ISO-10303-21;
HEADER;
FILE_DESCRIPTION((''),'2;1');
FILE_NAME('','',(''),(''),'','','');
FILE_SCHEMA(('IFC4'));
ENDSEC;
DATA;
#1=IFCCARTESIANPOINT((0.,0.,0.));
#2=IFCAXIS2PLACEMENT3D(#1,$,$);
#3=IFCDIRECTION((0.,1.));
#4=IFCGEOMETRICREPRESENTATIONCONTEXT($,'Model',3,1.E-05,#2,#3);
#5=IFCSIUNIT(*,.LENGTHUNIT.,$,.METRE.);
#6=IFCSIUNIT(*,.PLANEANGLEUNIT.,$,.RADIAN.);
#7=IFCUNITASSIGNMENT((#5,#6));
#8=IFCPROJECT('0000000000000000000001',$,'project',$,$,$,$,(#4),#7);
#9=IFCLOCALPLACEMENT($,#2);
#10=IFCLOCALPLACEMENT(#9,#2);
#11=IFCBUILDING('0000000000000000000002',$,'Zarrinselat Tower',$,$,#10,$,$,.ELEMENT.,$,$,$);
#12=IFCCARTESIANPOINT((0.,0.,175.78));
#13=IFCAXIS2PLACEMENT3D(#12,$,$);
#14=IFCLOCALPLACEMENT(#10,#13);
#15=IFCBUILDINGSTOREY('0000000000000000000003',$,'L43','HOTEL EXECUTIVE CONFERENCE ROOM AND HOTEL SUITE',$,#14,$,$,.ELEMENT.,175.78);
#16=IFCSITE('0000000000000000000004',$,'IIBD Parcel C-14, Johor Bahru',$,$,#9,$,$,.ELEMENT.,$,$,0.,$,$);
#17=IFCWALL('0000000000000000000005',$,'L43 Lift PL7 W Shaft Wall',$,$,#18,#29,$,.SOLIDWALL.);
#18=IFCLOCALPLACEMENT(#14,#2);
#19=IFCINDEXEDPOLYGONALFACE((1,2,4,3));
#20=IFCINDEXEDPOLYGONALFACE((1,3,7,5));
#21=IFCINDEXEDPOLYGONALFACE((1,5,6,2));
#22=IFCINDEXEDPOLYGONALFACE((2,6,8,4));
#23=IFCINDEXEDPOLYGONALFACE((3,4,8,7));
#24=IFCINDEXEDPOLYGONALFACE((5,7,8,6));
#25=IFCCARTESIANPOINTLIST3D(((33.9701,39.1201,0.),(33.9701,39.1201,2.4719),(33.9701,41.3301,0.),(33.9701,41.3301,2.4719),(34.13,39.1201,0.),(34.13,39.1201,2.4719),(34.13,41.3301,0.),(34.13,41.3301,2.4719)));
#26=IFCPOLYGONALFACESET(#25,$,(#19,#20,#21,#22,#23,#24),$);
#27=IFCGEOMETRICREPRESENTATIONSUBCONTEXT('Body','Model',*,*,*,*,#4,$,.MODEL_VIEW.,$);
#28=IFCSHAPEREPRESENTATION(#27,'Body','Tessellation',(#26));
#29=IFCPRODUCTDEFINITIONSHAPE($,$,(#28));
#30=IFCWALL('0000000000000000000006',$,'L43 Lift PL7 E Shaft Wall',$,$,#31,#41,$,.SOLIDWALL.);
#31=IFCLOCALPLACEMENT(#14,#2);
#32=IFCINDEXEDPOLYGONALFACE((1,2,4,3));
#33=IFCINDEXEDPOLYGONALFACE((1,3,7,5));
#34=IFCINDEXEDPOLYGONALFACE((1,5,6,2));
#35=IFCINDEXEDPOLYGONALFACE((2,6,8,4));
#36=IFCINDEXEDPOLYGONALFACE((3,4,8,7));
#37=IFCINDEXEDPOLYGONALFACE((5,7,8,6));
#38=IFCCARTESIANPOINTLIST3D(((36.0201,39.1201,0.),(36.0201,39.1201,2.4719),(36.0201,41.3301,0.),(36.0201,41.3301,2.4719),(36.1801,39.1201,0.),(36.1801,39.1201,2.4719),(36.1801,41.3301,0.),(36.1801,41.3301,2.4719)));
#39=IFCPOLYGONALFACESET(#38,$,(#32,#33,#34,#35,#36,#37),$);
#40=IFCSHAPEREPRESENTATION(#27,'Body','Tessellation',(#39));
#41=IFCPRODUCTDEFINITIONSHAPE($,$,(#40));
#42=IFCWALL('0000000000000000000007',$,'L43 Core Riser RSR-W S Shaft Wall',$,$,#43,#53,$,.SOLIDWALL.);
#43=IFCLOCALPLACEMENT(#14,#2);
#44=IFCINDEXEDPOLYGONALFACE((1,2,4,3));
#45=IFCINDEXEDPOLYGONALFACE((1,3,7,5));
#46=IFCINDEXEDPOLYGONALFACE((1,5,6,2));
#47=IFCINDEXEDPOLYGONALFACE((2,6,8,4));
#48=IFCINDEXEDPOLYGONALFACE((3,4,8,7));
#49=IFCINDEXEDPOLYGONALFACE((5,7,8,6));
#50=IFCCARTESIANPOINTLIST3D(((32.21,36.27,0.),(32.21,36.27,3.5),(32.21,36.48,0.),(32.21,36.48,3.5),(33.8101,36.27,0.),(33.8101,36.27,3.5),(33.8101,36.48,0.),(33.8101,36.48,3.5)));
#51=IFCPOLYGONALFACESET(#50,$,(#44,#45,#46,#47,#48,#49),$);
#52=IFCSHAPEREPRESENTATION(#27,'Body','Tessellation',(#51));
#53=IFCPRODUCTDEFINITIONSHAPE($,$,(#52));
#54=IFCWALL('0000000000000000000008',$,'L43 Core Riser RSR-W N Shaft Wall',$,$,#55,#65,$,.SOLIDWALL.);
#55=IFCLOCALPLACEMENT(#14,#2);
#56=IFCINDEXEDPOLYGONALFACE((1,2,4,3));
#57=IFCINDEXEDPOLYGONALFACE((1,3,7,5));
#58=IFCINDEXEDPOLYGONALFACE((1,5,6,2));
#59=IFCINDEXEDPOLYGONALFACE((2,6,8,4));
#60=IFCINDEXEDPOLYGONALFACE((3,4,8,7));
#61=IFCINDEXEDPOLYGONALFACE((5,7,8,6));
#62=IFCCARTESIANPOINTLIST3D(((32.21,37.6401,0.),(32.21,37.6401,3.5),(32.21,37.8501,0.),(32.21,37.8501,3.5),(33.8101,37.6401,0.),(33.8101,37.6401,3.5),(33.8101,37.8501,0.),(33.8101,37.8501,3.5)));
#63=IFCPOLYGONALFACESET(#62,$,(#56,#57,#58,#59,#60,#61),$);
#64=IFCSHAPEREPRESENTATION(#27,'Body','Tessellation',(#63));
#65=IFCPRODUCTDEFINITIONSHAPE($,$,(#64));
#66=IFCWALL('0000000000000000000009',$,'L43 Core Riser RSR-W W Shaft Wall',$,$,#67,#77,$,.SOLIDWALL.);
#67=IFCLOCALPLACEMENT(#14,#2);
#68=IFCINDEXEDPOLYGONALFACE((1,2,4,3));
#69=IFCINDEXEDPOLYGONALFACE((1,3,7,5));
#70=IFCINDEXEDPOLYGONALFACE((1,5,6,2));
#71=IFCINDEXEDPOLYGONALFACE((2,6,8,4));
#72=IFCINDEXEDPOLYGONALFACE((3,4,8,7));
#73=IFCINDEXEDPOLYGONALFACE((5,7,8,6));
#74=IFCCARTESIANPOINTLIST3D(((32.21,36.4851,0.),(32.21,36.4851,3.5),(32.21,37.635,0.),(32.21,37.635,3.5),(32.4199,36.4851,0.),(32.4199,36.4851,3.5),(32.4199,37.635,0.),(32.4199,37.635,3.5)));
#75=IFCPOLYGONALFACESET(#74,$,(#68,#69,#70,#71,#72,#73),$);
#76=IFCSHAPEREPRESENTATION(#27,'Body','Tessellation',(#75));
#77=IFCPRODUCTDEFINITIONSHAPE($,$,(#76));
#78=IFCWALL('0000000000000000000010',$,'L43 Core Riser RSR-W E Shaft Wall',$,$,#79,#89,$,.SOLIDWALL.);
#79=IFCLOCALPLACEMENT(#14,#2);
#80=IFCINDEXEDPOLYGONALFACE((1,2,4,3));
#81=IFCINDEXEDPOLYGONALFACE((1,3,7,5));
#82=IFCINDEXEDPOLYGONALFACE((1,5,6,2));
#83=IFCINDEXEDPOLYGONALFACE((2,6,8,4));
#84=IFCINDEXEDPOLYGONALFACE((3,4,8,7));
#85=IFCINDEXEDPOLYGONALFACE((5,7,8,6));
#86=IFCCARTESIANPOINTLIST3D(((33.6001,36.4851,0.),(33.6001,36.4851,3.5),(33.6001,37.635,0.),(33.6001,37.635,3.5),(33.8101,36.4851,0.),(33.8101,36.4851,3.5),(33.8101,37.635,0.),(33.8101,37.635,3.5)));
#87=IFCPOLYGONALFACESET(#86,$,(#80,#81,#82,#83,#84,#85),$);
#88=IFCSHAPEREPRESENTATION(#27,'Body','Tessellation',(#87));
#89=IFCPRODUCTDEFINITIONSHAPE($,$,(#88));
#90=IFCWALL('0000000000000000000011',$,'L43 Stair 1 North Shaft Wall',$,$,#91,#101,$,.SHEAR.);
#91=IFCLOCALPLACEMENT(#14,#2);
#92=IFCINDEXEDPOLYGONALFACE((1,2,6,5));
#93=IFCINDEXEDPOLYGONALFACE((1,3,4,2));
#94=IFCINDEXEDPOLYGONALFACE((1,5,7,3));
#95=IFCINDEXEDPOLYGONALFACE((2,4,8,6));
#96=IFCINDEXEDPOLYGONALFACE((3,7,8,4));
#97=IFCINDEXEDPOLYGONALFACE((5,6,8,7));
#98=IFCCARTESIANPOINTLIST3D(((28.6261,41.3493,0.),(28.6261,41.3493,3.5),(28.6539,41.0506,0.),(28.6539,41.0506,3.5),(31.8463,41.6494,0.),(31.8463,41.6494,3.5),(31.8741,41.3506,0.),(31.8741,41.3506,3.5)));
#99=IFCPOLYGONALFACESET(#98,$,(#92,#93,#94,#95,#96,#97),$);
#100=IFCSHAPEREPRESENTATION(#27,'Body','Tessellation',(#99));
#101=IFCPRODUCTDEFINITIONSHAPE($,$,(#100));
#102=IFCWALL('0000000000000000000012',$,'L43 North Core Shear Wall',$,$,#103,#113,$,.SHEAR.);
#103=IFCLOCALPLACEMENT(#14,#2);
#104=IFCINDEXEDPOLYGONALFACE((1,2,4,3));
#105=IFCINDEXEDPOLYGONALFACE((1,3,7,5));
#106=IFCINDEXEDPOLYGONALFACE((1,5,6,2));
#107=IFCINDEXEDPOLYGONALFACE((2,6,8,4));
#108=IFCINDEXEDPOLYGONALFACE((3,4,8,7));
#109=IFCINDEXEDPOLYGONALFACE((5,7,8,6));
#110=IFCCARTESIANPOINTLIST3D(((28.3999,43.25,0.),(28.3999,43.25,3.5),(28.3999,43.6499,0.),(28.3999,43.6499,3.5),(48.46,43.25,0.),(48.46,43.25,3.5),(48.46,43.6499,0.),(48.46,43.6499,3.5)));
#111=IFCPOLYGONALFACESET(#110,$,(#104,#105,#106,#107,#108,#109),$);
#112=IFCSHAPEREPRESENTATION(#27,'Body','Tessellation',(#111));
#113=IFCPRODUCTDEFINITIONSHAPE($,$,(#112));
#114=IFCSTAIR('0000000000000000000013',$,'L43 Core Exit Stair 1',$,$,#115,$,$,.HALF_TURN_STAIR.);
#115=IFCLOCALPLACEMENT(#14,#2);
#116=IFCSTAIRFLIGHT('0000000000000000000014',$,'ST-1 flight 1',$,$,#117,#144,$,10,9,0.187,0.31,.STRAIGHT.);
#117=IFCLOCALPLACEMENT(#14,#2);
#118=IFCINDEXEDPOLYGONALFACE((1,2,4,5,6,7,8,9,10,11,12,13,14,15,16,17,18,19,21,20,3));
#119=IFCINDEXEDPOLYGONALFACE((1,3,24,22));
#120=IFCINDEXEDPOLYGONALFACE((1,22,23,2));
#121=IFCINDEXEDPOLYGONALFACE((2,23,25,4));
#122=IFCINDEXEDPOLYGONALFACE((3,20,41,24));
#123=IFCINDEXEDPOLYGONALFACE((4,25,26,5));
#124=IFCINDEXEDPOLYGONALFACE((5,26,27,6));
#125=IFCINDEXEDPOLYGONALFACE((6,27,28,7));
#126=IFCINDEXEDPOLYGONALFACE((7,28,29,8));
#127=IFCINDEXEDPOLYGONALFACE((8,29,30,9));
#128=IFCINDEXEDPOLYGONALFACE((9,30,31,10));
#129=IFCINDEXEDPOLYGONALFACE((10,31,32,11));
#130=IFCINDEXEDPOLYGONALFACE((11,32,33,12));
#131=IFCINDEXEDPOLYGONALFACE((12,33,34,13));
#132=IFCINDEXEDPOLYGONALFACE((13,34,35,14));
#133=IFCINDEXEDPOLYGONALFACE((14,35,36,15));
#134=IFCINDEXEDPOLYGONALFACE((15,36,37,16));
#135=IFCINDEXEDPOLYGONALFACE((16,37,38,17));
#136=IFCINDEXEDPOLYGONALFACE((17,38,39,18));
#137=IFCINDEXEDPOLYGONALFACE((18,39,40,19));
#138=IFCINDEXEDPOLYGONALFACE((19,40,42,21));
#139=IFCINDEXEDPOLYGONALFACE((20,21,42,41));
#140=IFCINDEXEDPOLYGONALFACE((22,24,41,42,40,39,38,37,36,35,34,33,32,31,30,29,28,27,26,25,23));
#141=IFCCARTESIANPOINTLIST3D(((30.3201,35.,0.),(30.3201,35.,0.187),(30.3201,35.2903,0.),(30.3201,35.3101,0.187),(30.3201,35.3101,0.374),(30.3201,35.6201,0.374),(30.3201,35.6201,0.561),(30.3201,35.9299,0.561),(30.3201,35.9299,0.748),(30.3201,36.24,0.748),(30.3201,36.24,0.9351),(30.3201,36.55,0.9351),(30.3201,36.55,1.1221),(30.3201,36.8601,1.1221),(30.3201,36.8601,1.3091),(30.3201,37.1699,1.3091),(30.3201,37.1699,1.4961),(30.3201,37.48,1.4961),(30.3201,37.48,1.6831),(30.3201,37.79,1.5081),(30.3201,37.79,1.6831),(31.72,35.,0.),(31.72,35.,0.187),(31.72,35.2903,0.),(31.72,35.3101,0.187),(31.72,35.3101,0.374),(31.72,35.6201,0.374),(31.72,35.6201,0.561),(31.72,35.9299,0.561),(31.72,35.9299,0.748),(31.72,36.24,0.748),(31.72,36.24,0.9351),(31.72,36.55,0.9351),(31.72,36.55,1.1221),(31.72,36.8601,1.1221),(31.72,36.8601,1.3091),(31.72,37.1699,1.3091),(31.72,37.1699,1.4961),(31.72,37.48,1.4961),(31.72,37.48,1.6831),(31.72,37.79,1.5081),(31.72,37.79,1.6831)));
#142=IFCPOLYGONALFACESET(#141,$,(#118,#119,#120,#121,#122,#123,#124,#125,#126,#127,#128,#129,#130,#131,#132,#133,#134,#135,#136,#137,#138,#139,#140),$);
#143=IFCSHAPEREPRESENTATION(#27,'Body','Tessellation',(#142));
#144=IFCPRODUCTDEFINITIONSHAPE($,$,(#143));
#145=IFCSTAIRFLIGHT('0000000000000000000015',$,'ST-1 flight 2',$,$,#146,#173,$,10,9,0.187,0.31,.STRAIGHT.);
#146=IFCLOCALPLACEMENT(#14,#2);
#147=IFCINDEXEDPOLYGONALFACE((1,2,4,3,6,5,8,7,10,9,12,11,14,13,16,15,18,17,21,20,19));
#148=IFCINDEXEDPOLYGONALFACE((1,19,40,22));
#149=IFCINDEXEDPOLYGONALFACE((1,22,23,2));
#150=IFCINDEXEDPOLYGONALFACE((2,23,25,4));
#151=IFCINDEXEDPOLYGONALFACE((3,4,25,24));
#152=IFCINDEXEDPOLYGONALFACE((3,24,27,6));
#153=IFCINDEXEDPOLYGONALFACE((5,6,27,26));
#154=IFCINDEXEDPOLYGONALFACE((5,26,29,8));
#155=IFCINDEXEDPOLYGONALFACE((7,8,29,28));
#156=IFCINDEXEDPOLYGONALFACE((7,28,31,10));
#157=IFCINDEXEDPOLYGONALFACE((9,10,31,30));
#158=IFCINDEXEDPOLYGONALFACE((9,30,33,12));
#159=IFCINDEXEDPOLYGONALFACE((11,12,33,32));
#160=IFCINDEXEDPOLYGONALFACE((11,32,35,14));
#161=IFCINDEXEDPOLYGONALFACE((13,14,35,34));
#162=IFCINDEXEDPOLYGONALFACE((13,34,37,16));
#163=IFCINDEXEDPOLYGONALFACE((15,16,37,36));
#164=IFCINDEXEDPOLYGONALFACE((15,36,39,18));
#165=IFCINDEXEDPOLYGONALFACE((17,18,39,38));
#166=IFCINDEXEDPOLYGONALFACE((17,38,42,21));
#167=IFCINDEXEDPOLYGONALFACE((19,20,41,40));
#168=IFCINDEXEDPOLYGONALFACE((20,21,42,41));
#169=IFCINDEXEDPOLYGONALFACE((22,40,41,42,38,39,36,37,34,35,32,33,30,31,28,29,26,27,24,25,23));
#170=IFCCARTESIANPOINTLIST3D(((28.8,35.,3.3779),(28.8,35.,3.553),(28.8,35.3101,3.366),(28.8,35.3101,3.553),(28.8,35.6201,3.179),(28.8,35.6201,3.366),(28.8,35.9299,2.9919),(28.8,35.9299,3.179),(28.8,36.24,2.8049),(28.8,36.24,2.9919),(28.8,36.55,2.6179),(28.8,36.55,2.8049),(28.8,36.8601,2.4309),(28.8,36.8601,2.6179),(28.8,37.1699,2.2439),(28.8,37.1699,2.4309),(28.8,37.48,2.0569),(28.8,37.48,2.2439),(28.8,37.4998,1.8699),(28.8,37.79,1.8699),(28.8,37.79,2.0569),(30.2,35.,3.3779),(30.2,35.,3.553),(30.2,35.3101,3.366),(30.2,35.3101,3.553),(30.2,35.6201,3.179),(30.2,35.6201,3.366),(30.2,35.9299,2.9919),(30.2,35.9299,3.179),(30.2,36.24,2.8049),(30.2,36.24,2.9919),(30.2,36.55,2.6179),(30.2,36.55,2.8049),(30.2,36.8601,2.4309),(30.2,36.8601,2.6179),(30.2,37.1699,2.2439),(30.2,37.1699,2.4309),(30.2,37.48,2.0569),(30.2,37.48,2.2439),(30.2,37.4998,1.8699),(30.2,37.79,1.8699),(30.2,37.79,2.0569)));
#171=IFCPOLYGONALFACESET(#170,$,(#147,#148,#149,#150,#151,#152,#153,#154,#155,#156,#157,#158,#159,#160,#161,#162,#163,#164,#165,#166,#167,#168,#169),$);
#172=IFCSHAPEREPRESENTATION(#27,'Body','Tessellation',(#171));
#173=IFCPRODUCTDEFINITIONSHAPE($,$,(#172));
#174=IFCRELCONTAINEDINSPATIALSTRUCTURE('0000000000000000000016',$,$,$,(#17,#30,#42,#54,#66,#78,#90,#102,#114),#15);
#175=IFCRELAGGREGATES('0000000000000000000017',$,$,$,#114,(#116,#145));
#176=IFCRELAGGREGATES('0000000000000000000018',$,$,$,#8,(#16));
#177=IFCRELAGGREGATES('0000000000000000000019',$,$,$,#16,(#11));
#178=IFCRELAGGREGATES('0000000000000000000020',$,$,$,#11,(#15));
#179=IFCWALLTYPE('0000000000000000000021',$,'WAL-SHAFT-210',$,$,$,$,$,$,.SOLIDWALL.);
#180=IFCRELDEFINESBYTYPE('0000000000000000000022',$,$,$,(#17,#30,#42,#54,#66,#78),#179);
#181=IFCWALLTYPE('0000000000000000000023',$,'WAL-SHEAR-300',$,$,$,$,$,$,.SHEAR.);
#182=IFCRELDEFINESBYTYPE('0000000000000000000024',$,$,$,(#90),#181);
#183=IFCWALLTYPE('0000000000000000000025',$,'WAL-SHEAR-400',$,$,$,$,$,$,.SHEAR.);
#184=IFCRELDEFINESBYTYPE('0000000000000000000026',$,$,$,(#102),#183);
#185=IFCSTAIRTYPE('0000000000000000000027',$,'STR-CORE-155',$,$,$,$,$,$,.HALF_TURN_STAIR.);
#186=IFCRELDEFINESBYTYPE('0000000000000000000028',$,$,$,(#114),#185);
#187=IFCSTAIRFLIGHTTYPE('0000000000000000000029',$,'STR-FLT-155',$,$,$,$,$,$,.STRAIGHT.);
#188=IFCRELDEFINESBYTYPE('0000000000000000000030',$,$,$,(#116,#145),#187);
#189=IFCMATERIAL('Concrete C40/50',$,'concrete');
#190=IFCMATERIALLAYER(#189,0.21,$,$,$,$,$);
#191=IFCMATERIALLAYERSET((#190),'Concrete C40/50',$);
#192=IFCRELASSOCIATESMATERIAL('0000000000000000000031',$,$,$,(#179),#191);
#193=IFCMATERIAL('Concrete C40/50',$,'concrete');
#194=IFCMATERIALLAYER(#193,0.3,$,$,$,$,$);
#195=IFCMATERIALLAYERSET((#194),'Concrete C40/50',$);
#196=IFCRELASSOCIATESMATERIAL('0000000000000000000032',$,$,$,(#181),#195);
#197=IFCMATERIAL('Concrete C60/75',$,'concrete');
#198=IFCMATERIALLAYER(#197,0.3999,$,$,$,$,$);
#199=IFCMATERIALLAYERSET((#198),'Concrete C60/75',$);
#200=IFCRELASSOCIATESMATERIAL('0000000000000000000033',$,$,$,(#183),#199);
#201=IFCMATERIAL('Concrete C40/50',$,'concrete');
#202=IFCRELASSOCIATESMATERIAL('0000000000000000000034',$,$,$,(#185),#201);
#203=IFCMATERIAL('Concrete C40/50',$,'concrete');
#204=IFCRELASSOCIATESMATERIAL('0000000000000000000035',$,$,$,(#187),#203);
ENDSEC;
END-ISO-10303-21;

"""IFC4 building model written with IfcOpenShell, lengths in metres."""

from ifc_helpers import new_model, si_unit, direction, frame, frame_2d, origin, place, context, subcontext, project, spatial, polyline, rectangle, outline, extrude, material, layer, layer_set, type_object, element, aggregate, save


model = new_model("IFC4")

# Units and contexts
model_context = context("Model", 3, precision=1e-05, world=origin(), true_north=direction((0.0, 1.0)))
body_context = subcontext(model_context, "Body", "Model", "MODEL_VIEW")
ifc_project = project(units=[si_unit("LENGTHUNIT", "METRE"), si_unit("PLANEANGLEUNIT", "RADIAN")], contexts=[model_context])

# Site, building, storey
site_placement = place(None, origin())
site = spatial("IfcSite", under=ifc_project, at=site_placement, Name="IIBD Parcel C-14, Johor Bahru", CompositionType="ELEMENT", RefElevation=0.0)
building_placement = place(site_placement, origin())
building = spatial("IfcBuilding", under=site, at=building_placement, Name="Zarrinselat Tower", CompositionType="ELEMENT")
storey_placement = place(building_placement, frame((0.0, 0.0, 175.78)))
storey = spatial("IfcBuildingStorey", under=building, at=storey_placement, Name="L43", Description="HOTEL EXECUTIVE CONFERENCE ROOM AND HOTEL SUITE", CompositionType="ELEMENT", Elevation=175.78)

# Shared definitions
ifc_material_1 = material(Name="Concrete C40/50", Category="concrete")
ifc_layer_1 = layer(ifc_material_1, 0.21)
ifc_layer_set_1 = layer_set([ifc_layer_1], Name="Concrete C40/50")
wall_type_1 = type_object("IfcWallType", Name="WAL-SHAFT-210", PredefinedType="SOLIDWALL", material=ifc_layer_set_1)

# Walls
for number, where, z_axis, x_axis, name in (
    (1, (34.05, 39.1201, 0.0), (0.0, 0.0, 1.0), (0.0, 1.0, 0.0), "L43 Lift PL7 W Shaft Wall"),
    (2, (36.1001, 39.1201, 0.0), (0.0, 0.0, 1.0), (0.0, 1.0, 0.0), "L43 Lift PL7 E Shaft Wall"),
):
    element("IfcWall", number, at=place(storey_placement, frame(where, z_axis=z_axis, x_axis=x_axis)), inside=storey, type_object=wall_type_1, Name=name, PredefinedType="SOLIDWALL", context=body_context, shape_type="SweptSolid", body=[
        extrude(rectangle(XDim=2.21, YDim=0.1599, at=frame_2d((1.105, 0.0))), origin(), (0.0, 0.0, 1.0), 2.4719),
    ])
for number, where, z_axis, x_axis, name in (
    (3, (32.21, 36.375, 0.0), (0.0, 0.0, 1.0), (1.0, 0.0, 0.0), "L43 Core Riser RSR-W S Shaft Wall"),
    (4, (32.21, 37.7451, 0.0), (0.0, 0.0, 1.0), (1.0, 0.0, 0.0), "L43 Core Riser RSR-W N Shaft Wall"),
):
    element("IfcWall", number, at=place(storey_placement, frame(where, z_axis=z_axis, x_axis=x_axis)), inside=storey, type_object=wall_type_1, Name=name, PredefinedType="SOLIDWALL", context=body_context, shape_type="SweptSolid", body=[
        extrude(rectangle(XDim=1.6001, YDim=0.21, at=frame_2d((0.8, 0.0))), origin(), (0.0, 0.0, 1.0), 3.5),
    ])
for number, where, z_axis, x_axis, name in (
    (5, (32.3149, 36.4851, 0.0), (0.0, 0.0, 1.0), (0.0, 1.0, 0.0), "L43 Core Riser RSR-W W Shaft Wall"),
    (6, (33.7051, 36.4851, 0.0), (0.0, 0.0, 1.0), (0.0, 1.0, 0.0), "L43 Core Riser RSR-W E Shaft Wall"),
):
    element("IfcWall", number, at=place(storey_placement, frame(where, z_axis=z_axis, x_axis=x_axis)), inside=storey, type_object=wall_type_1, Name=name, PredefinedType="SOLIDWALL", context=body_context, shape_type="SweptSolid", body=[
        extrude(rectangle(XDim=1.1499, YDim=0.21, at=frame_2d((0.575, 0.0))), origin(), (0.0, 0.0, 1.0), 3.5),
    ])
ifc_material_2 = material(Name="Concrete C40/50", Category="concrete")
ifc_layer_2 = layer(ifc_material_2, 0.3)
ifc_layer_set_2 = layer_set([ifc_layer_2], Name="Concrete C40/50")
wall_type_2 = type_object("IfcWallType", Name="WAL-SHEAR-300", PredefinedType="SHEAR", material=ifc_layer_set_2)
wall_1_placement = place(storey_placement, frame((28.6399, 41.2, 0.0), z_axis=(0.0, 0.0, 1.0), x_axis=(0.995687, 0.092775, 0.0)))
element("IfcWall", 7, at=wall_1_placement, inside=storey, type_object=wall_type_2, Name="L43 Stair 1 North Shaft Wall", PredefinedType="SHEAR", context=body_context, shape_type="SweptSolid", body=[
    extrude(rectangle(XDim=3.2341, YDim=0.3, at=frame_2d((1.6172, 0.0))), origin(), (0.0, 0.0, 1.0), 3.5),
])
ifc_material_3 = material(Name="Concrete C60/75", Category="concrete")
ifc_layer_3 = layer(ifc_material_3, 0.3999)
ifc_layer_set_3 = layer_set([ifc_layer_3], Name="Concrete C60/75")
wall_type_3 = type_object("IfcWallType", Name="WAL-SHEAR-400", PredefinedType="SHEAR", material=ifc_layer_set_3)
wall_2_placement = place(storey_placement, frame((28.3999, 43.45, 0.0), z_axis=(0.0, 0.0, 1.0), x_axis=(1.0, 0.0, 0.0)))
element("IfcWall", 8, at=wall_2_placement, inside=storey, type_object=wall_type_3, Name="L43 North Core Shear Wall", PredefinedType="SHEAR", context=body_context, shape_type="SweptSolid", body=[
    extrude(rectangle(XDim=20.0601, YDim=0.3999, at=frame_2d((10.03, 0.0))), origin(), (0.0, 0.0, 1.0), 3.5),
])

# Stair, stair flights
ifc_material_4 = material(Name="Concrete C40/50", Category="concrete")
stair_type = type_object("IfcStairType", Name="STR-CORE-155", PredefinedType="HALF_TURN_STAIR", material=ifc_material_4)
stair_placement = place(storey_placement, origin())
stair = element("IfcStair", 9, at=stair_placement, inside=storey, type_object=stair_type, Name="L43 Core Exit Stair 1", PredefinedType="HALF_TURN_STAIR")
ifc_material_5 = material(Name="Concrete C40/50", Category="concrete")
stair_flight_type = type_object("IfcStairFlightType", Name="STR-FLT-155", PredefinedType="STRAIGHT", material=ifc_material_5)
stair_flight_1_placement = place(storey_placement, frame((31.02, 35.0, 0.0), z_axis=(0.0, 0.0, 1.0), x_axis=(0.0, 1.0, 0.0)))
stair_flight_1 = element("IfcStairFlight", 10, at=stair_flight_1_placement, type_object=stair_flight_type, Name="ST-1 flight 1", NumberOfRisers=10, NumberOfTreads=9, PredefinedType="STRAIGHT", RiserHeight=0.187, TreadLength=0.31, context=body_context, shape_type="SweptSolid", body=[
    extrude(outline(polyline([(0.0, 0.0), (0.0, 0.187), (0.3101, 0.187), (0.3101, 0.374), (0.6201, 0.374), (0.6201, 0.561), (0.9299, 0.561), (0.9299, 0.748), (1.24, 0.748), (1.24, 0.9351), (1.55, 0.9351), (1.55, 1.1221), (1.8601, 1.1221), (1.8601, 1.3091), (2.1699, 1.3091), (2.1699, 1.4961), (2.48, 1.4961), (2.48, 1.6831), (2.79, 1.6831), (2.79, 1.8701), (2.79, 1.5081), (0.2903, 0.0), (0.0, 0.0)])), frame((0.0, 0.7, 0.0), z_axis=(0.0, -1.0, 0.0), x_axis=(1.0, 0.0, 0.0)), (0.0, 0.0, 1.0), 1.3999),
])
stair_flight_2_placement = place(storey_placement, frame((29.5, 37.79, 1.8699), z_axis=(0.0, 0.0, 1.0), x_axis=(0.0, -1.0, 0.0)))
stair_flight_2 = element("IfcStairFlight", 11, at=stair_flight_2_placement, type_object=stair_flight_type, Name="ST-1 flight 2", NumberOfRisers=10, NumberOfTreads=9, PredefinedType="STRAIGHT", RiserHeight=0.187, TreadLength=0.31, context=body_context, shape_type="SweptSolid", body=[
    extrude(outline(polyline([(0.0, 0.0), (0.0, 0.187), (0.3101, 0.187), (0.3101, 0.374), (0.6201, 0.374), (0.6201, 0.561), (0.9299, 0.561), (0.9299, 0.748), (1.24, 0.748), (1.24, 0.9351), (1.55, 0.9351), (1.55, 1.1221), (1.8601, 1.1221), (1.8601, 1.3091), (2.1699, 1.3091), (2.1699, 1.4961), (2.48, 1.4961), (2.48, 1.6831), (2.79, 1.6831), (2.79, 1.8701), (2.79, 1.5081), (0.2903, 0.0), (0.0, 0.0)])), frame((0.0, 0.7, 0.0), z_axis=(0.0, -1.0, 0.0), x_axis=(1.0, 0.0, 0.0)), (0.0, 0.0, 1.0), 1.3999),
])
aggregate(stair, [stair_flight_1, stair_flight_2])

save(model, "model.ifc")
